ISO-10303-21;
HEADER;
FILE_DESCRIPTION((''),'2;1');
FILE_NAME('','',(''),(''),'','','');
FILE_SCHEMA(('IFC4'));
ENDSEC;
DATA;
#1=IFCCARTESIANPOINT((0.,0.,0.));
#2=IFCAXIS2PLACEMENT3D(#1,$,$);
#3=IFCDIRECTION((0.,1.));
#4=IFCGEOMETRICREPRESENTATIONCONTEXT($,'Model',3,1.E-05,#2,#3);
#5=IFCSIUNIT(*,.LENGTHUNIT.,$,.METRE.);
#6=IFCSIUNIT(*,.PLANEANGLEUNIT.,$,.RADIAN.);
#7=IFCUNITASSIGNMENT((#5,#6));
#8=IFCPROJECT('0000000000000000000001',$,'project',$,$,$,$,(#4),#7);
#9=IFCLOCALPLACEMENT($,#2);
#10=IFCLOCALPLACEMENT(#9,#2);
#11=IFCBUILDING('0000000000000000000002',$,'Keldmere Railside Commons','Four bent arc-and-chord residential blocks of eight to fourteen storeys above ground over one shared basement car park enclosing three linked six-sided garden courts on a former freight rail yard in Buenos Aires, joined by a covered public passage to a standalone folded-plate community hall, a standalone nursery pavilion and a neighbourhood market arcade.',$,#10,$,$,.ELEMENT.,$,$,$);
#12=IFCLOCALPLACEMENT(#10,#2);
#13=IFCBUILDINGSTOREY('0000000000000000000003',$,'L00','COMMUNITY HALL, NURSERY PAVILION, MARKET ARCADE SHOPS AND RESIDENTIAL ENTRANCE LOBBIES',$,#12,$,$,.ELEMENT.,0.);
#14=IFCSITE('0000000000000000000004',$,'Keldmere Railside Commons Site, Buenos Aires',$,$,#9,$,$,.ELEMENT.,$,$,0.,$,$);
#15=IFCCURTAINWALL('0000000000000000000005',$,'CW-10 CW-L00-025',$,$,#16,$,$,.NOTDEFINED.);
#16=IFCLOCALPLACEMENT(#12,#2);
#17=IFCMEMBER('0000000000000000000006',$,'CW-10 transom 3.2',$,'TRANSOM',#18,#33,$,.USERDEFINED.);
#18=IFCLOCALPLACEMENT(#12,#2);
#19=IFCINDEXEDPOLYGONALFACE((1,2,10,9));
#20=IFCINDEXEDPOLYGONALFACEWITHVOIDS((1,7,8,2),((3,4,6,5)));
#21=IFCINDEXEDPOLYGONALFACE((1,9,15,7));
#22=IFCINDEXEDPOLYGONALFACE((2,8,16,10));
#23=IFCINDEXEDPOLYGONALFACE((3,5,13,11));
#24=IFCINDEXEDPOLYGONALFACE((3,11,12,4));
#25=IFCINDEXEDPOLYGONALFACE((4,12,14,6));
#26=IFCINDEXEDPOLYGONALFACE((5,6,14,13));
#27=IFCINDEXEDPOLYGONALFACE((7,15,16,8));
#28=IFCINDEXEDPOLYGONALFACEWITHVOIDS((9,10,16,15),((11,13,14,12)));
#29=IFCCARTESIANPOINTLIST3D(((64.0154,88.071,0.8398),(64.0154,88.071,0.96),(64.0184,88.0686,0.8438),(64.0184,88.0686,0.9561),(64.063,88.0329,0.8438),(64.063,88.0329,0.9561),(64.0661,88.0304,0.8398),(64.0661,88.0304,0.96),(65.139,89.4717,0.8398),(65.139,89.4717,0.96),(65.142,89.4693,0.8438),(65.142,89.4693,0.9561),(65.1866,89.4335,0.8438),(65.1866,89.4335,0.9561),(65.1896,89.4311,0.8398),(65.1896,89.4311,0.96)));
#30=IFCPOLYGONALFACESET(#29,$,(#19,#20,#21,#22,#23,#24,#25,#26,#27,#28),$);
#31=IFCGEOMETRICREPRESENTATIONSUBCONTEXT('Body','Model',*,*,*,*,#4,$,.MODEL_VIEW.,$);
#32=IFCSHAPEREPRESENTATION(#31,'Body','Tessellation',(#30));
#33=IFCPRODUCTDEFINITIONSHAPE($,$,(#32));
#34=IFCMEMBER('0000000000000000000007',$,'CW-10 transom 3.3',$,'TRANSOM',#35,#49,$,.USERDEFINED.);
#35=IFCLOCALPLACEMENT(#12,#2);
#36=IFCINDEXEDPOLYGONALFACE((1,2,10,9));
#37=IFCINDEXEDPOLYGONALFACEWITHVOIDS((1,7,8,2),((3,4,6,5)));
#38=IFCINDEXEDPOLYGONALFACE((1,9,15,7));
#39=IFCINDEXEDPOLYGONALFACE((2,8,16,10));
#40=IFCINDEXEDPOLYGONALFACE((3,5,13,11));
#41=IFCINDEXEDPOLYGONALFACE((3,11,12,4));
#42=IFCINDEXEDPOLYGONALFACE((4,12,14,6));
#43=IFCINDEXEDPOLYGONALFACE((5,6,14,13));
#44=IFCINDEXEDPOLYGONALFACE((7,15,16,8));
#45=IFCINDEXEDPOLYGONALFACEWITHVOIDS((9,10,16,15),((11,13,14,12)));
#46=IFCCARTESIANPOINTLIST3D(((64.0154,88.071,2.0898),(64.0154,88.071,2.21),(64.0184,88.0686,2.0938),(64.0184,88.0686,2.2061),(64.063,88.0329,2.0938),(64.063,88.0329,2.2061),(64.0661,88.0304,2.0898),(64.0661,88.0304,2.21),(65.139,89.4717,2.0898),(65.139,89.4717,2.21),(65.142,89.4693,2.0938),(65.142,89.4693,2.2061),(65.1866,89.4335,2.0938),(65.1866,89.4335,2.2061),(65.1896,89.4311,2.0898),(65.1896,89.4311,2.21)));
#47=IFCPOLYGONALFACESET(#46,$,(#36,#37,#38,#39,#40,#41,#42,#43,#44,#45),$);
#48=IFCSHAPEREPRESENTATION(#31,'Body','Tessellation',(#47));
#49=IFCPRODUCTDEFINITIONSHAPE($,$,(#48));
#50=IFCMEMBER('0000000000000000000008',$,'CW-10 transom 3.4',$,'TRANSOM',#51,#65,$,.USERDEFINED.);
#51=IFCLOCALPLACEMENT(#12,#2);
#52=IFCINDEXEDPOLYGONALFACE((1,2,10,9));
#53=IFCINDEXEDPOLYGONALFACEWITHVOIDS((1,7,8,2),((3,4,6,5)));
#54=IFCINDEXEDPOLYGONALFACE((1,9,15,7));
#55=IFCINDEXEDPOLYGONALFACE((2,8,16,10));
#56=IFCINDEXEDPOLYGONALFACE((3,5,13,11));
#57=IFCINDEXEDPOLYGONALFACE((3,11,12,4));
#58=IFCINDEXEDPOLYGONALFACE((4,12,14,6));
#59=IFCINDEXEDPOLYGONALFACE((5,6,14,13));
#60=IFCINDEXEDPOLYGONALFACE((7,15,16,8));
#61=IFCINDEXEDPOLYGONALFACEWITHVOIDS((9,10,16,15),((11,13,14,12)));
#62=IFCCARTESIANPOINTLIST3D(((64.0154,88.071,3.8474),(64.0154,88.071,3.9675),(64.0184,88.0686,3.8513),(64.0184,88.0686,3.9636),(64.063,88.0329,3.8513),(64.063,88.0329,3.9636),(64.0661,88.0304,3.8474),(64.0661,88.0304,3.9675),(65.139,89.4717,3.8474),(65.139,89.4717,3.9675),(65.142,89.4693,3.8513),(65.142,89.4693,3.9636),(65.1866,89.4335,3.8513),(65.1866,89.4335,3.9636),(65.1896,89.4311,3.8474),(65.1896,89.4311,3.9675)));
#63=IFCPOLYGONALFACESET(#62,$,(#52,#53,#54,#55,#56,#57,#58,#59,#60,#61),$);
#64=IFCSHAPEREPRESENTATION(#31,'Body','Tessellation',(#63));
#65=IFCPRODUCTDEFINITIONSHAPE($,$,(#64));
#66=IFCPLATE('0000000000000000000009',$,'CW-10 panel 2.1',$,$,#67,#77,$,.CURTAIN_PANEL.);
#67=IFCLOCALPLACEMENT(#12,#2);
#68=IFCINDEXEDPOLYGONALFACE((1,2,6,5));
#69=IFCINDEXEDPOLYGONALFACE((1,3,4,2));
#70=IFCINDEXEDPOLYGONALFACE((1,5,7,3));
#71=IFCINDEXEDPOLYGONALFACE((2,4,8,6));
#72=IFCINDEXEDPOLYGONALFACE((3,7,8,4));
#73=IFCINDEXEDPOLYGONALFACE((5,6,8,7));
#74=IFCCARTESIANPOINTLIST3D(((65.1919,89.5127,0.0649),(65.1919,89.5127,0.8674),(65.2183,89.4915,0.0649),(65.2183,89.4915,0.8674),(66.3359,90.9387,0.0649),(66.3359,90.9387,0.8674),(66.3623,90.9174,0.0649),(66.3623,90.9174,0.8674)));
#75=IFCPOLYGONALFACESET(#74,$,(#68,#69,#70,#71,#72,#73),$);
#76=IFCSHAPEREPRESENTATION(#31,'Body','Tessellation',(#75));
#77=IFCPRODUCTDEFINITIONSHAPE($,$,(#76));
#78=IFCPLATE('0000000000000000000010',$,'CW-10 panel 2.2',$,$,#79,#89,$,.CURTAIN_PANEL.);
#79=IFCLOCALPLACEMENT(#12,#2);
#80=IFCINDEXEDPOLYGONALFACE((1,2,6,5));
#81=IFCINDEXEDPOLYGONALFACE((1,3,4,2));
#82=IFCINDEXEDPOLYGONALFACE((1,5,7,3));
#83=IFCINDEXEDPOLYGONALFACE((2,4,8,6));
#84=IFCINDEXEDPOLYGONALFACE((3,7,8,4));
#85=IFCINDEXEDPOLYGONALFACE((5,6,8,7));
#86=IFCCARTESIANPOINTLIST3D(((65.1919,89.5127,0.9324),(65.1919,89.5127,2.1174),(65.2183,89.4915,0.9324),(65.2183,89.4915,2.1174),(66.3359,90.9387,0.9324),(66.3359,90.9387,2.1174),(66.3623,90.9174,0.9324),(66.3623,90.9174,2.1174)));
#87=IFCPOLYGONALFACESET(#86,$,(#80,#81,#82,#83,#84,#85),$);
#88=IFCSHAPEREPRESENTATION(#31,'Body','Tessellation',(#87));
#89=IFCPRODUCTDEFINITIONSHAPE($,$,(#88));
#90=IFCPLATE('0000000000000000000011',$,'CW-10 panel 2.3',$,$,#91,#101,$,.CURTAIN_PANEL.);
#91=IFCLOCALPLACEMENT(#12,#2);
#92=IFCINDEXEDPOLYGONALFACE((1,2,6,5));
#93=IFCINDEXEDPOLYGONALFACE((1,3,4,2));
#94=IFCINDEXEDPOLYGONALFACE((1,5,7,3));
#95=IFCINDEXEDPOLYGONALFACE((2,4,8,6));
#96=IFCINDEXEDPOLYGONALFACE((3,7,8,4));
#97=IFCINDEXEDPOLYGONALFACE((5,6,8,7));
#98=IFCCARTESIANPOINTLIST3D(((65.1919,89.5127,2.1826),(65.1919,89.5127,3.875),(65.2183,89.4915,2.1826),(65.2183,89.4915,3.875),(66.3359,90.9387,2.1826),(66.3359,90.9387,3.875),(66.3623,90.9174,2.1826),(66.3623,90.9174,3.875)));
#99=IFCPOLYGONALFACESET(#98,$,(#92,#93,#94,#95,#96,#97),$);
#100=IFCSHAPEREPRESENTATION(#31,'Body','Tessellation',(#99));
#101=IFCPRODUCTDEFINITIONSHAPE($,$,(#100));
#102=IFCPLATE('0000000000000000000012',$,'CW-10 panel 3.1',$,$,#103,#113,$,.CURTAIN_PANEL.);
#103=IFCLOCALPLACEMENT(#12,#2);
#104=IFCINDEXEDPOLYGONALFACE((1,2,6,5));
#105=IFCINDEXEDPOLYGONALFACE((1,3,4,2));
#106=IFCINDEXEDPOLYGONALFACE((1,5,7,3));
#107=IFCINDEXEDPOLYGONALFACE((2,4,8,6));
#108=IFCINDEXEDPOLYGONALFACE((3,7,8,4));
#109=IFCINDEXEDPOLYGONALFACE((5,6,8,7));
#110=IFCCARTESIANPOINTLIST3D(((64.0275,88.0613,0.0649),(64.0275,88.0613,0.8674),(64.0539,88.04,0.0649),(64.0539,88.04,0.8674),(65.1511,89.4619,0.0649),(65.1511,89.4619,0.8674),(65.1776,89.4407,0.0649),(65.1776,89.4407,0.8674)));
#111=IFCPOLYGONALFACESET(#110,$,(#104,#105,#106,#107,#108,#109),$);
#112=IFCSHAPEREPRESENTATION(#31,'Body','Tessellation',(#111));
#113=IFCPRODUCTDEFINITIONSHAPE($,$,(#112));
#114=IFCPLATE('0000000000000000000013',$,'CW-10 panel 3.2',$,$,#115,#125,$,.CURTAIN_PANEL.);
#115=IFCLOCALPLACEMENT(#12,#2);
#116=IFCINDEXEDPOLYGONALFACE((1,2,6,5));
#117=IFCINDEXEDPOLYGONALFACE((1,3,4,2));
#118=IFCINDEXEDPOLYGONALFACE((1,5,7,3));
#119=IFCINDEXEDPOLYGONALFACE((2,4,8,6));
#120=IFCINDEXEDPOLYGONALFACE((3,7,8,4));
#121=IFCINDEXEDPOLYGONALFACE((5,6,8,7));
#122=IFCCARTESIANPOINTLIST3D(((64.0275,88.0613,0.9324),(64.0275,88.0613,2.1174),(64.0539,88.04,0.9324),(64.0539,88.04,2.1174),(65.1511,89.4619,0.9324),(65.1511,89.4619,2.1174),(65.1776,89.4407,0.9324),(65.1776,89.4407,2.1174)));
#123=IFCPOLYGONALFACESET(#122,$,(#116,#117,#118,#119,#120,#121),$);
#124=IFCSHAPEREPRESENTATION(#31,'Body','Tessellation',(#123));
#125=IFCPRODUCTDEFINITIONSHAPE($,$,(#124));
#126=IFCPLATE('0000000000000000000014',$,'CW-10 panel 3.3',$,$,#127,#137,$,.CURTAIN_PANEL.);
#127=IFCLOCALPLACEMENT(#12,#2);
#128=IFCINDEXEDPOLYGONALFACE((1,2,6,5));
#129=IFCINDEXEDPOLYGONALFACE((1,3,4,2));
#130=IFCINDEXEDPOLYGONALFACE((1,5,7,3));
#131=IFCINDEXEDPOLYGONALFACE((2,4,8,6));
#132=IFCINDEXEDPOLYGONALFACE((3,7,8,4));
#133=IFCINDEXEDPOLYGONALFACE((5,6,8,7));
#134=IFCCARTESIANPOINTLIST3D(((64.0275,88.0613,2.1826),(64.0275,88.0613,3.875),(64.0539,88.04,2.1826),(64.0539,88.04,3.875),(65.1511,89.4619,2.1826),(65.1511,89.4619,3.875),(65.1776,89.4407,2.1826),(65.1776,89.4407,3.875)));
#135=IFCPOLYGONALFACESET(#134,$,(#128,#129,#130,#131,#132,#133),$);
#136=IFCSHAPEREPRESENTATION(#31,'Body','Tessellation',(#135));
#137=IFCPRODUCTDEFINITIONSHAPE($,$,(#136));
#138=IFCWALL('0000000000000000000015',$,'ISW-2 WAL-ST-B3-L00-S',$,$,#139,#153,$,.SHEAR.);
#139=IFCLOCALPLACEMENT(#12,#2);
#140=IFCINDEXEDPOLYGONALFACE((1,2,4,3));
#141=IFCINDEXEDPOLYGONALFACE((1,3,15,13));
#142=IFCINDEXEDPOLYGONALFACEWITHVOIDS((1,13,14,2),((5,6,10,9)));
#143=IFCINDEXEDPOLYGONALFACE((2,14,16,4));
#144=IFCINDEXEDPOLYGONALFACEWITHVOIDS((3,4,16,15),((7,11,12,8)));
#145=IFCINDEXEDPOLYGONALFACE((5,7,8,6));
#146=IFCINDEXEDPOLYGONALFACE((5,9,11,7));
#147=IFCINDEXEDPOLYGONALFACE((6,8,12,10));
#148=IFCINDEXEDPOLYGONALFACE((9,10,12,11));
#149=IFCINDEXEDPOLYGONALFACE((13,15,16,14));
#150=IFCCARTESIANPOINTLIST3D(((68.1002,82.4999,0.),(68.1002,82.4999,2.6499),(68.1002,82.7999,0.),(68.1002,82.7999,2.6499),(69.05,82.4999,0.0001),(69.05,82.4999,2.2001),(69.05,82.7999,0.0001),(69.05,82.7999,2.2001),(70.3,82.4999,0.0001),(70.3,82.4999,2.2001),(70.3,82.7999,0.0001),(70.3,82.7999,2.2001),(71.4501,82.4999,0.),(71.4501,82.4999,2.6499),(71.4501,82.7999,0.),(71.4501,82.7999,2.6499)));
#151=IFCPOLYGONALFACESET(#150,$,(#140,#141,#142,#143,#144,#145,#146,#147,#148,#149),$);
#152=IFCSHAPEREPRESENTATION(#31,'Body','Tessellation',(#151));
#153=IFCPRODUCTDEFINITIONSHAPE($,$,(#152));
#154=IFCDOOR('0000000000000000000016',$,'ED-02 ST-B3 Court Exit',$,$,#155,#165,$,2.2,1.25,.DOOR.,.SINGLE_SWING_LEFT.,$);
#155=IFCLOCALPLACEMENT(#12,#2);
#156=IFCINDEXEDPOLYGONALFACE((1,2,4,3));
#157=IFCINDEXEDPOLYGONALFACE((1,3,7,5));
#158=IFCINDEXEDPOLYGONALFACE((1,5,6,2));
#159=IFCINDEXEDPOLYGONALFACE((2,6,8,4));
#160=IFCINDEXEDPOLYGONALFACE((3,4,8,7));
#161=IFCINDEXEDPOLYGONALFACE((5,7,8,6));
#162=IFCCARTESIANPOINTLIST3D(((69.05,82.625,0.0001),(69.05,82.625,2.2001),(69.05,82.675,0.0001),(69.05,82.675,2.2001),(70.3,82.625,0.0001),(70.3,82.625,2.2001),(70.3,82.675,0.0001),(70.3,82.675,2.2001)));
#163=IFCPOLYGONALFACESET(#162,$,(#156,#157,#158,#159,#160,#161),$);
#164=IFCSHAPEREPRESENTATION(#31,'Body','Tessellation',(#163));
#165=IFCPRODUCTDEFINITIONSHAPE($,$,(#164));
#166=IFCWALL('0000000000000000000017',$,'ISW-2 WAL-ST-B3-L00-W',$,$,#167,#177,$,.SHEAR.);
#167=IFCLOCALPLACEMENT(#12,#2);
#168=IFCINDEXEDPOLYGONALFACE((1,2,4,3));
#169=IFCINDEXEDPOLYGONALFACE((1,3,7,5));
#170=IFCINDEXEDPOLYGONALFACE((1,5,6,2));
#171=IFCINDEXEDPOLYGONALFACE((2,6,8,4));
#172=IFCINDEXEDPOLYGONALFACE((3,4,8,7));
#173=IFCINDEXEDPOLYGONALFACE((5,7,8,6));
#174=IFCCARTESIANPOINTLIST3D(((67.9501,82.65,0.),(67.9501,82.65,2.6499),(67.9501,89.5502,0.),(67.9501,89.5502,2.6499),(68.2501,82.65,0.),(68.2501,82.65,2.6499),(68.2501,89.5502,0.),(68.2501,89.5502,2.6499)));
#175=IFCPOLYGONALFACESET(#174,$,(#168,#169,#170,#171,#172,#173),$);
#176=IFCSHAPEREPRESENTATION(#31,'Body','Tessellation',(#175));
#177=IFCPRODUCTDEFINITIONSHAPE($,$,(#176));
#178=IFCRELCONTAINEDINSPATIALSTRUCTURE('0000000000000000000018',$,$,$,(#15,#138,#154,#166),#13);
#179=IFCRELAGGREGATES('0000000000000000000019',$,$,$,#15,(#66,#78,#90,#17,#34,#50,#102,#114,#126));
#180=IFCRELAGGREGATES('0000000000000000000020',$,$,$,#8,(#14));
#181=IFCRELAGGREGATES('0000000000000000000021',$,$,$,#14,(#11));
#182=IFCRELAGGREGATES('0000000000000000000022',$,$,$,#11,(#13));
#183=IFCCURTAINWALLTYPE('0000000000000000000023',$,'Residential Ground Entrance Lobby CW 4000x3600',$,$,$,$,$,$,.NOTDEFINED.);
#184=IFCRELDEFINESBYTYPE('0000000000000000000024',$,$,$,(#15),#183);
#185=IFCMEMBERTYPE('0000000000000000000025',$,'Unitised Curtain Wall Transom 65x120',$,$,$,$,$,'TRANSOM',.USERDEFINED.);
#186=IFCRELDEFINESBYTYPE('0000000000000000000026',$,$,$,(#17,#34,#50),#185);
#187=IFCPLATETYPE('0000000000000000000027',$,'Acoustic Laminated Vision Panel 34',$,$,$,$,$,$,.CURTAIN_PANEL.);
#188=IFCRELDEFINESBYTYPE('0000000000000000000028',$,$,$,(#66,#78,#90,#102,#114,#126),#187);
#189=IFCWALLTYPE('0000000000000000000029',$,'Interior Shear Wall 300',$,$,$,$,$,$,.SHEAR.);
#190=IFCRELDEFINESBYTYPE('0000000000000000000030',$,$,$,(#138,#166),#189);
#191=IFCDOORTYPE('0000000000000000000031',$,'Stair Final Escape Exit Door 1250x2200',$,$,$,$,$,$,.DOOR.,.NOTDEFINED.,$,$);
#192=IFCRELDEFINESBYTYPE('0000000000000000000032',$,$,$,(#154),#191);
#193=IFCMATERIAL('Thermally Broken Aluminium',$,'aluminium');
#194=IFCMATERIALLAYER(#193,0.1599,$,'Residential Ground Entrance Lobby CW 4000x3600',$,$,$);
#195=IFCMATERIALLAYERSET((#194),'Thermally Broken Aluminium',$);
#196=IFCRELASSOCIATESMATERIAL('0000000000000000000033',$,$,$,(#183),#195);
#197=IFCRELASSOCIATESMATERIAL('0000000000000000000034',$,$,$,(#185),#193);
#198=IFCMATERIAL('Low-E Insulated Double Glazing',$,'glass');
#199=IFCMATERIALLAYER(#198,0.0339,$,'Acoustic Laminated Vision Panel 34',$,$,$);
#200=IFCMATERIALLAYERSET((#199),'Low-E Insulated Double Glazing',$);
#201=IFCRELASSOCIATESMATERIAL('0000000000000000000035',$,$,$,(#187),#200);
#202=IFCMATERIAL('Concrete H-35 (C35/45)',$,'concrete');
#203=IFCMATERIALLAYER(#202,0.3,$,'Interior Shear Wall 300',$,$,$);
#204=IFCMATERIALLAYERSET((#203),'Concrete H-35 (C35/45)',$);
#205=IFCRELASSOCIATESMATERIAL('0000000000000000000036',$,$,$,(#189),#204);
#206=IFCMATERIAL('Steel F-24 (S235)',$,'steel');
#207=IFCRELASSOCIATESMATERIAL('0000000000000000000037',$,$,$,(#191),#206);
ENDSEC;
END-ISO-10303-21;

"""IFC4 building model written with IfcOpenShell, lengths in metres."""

from ifc_helpers import new_model, si_unit, direction, frame, frame_2d, origin, origin_2d, place, context, subcontext, project, spatial, rectangle, hollow_rectangle, extrude, material, layer, layer_set, material_profile, profile_set, type_object, element, fill, aggregate, save


model = new_model("IFC4")

# Units and contexts
model_context = context("Model", 3, precision=1e-05, world=origin(), true_north=direction((0.0, 1.0)))
body_context = subcontext(model_context, "Body", "Model", "MODEL_VIEW")
ifc_project = project(units=[si_unit("LENGTHUNIT", "METRE"), si_unit("PLANEANGLEUNIT", "RADIAN")], contexts=[model_context])

# Site, building, storey
site_placement = place(None, origin())
site = spatial("IfcSite", under=ifc_project, at=site_placement, Name="Keldmere Railside Commons Site, Buenos Aires", CompositionType="ELEMENT", RefElevation=0.0)
building_placement = place(site_placement, origin())
building = spatial("IfcBuilding", under=site, at=building_placement, Name="Keldmere Railside Commons", Description="Four bent arc-and-chord residential blocks of eight to fourteen storeys above ground over one shared basement car park enclosing three linked six-sided garden courts on a former freight rail yard in Buenos Aires, joined by a covered public passage to a standalone folded-plate community hall, a standalone nursery pavilion and a neighbourhood market arcade.", CompositionType="ELEMENT")
storey_placement = place(building_placement, origin())
storey = spatial("IfcBuildingStorey", under=building, at=storey_placement, Name="L00", Description="COMMUNITY HALL, NURSERY PAVILION, MARKET ARCADE SHOPS AND RESIDENTIAL ENTRANCE LOBBIES", CompositionType="ELEMENT", Elevation=0.0)

# Curtain wall, members, plates
ifc_material_1 = material(Name="Thermally Broken Aluminium", Category="aluminium")
ifc_layer_1 = layer(ifc_material_1, 0.1599, Name="Residential Ground Entrance Lobby CW 4000x3600")
ifc_layer_set_1 = layer_set([ifc_layer_1], Name="Thermally Broken Aluminium")
curtain_wall_type = type_object("IfcCurtainWallType", Name="Residential Ground Entrance Lobby CW 4000x3600", PredefinedType="NOTDEFINED", material=ifc_layer_set_1)
curtain_wall_placement = place(storey_placement, origin())
curtain_wall = element("IfcCurtainWall", 1, at=curtain_wall_placement, inside=storey, type_object=curtain_wall_type, Name="CW-10 CW-L00-025", PredefinedType="NOTDEFINED")
ifc_material_profile_1 = material_profile(ifc_material_1, hollow_rectangle(XDim=0.0649, YDim=0.1201, WallThickness=0.0039, at=origin_2d()), Name="ALU-TRAN-65x120")
ifc_profile_set_1 = profile_set([ifc_material_profile_1], Name="Thermally Broken Aluminium")
member_type_1 = type_object("IfcMemberType", Name="Unitised Curtain Wall Transom 65x120", ElementType="TRANSOM", PredefinedType="USERDEFINED", material=ifc_profile_set_1)
member_1_placement = place(storey_placement, frame((65.1643, 89.4514, 0.8999), z_axis=(-0.625723, -0.780046, 0.0), x_axis=(0.780046, -0.625723, 0.0)))
member_1 = element("IfcMember", 2, at=member_1_placement, type_object=member_type_1, Name="CW-10 transom 3.2", ObjectType="TRANSOM", PredefinedType="USERDEFINED", context=body_context, shape_type="SweptSolid", body=[
    extrude(hollow_rectangle(XDim=0.0649, YDim=0.1201, WallThickness=0.0039, at=origin_2d()), origin(), (0.0, 0.0, 1.0), 1.7957),
])
member_2_placement = place(storey_placement, frame((65.1643, 89.4514, 2.1499), z_axis=(-0.625723, -0.780046, 0.0), x_axis=(0.780046, -0.625723, 0.0)))
member_2 = element("IfcMember", 3, at=member_2_placement, type_object=member_type_1, Name="CW-10 transom 3.3", ObjectType="TRANSOM", PredefinedType="USERDEFINED", context=body_context, shape_type="SweptSolid", body=[
    extrude(hollow_rectangle(XDim=0.0649, YDim=0.1201, WallThickness=0.0039, at=origin_2d()), origin(), (0.0, 0.0, 1.0), 1.7957),
])
member_3_placement = place(storey_placement, frame((65.1643, 89.4514, 3.9075), z_axis=(-0.625723, -0.780046, 0.0), x_axis=(0.780046, -0.625723, 0.0)))
member_3 = element("IfcMember", 4, at=member_3_placement, type_object=member_type_1, Name="CW-10 transom 3.4", ObjectType="TRANSOM", PredefinedType="USERDEFINED", context=body_context, shape_type="SweptSolid", body=[
    extrude(hollow_rectangle(XDim=0.0649, YDim=0.1201, WallThickness=0.0039, at=origin_2d()), origin(), (0.0, 0.0, 1.0), 1.7957),
])
ifc_material_2 = material(Name="Low-E Insulated Double Glazing", Category="glass")
ifc_layer_2 = layer(ifc_material_2, 0.0339, Name="Acoustic Laminated Vision Panel 34")
ifc_layer_set_2 = layer_set([ifc_layer_2], Name="Low-E Insulated Double Glazing")
plate_type = type_object("IfcPlateType", Name="Acoustic Laminated Vision Panel 34", PredefinedType="CURTAIN_PANEL", material=ifc_layer_set_2)
plate_1_placement = place(storey_placement, frame((65.7771, 90.2151, 0.0649), z_axis=(0.0, 0.0, 1.0), x_axis=(-0.625768, -0.780009, 0.0)))
plate_1 = element("IfcPlate", 5, at=plate_1_placement, type_object=plate_type, Name="CW-10 panel 2.1", PredefinedType="CURTAIN_PANEL", context=body_context, shape_type="SweptSolid", body=[
    extrude(rectangle(XDim=1.8281, YDim=0.0339, at=origin_2d()), origin(), (0.0, 0.0, 1.0), 0.8025),
])
plate_2_placement = place(storey_placement, frame((65.7771, 90.2151, 0.9324), z_axis=(0.0, 0.0, 1.0), x_axis=(-0.625768, -0.780009, 0.0)))
plate_2 = element("IfcPlate", 6, at=plate_2_placement, type_object=plate_type, Name="CW-10 panel 2.2", PredefinedType="CURTAIN_PANEL", context=body_context, shape_type="SweptSolid", body=[
    extrude(rectangle(XDim=1.8281, YDim=0.0339, at=origin_2d()), origin(), (0.0, 0.0, 1.0), 1.1851),
])
plate_3_placement = place(storey_placement, frame((65.7771, 90.2151, 2.1826), z_axis=(0.0, 0.0, 1.0), x_axis=(-0.625768, -0.780009, 0.0)))
plate_3 = element("IfcPlate", 7, at=plate_3_placement, type_object=plate_type, Name="CW-10 panel 2.3", PredefinedType="CURTAIN_PANEL", context=body_context, shape_type="SweptSolid", body=[
    extrude(rectangle(XDim=1.8281, YDim=0.0339, at=origin_2d()), origin(), (0.0, 0.0, 1.0), 1.6924),
])
plate_4_placement = place(storey_placement, frame((64.6025, 88.751, 0.0649), z_axis=(0.0, 0.0, 1.0), x_axis=(-0.625768, -0.780009, 0.0)))
plate_4 = element("IfcPlate", 8, at=plate_4_placement, type_object=plate_type, Name="CW-10 panel 3.1", PredefinedType="CURTAIN_PANEL", context=body_context, shape_type="SweptSolid", body=[
    extrude(rectangle(XDim=1.7957, YDim=0.0339, at=origin_2d()), origin(), (0.0, 0.0, 1.0), 0.8025),
])
plate_5_placement = place(storey_placement, frame((64.6025, 88.751, 0.9324), z_axis=(0.0, 0.0, 1.0), x_axis=(-0.625768, -0.780009, 0.0)))
plate_5 = element("IfcPlate", 9, at=plate_5_placement, type_object=plate_type, Name="CW-10 panel 3.2", PredefinedType="CURTAIN_PANEL", context=body_context, shape_type="SweptSolid", body=[
    extrude(rectangle(XDim=1.7957, YDim=0.0339, at=origin_2d()), origin(), (0.0, 0.0, 1.0), 1.1851),
])
plate_6_placement = place(storey_placement, frame((64.6025, 88.751, 2.1826), z_axis=(0.0, 0.0, 1.0), x_axis=(-0.625768, -0.780009, 0.0)))
plate_6 = element("IfcPlate", 10, at=plate_6_placement, type_object=plate_type, Name="CW-10 panel 3.3", PredefinedType="CURTAIN_PANEL", context=body_context, shape_type="SweptSolid", body=[
    extrude(rectangle(XDim=1.7957, YDim=0.0339, at=origin_2d()), origin(), (0.0, 0.0, 1.0), 1.6924),
])
aggregate(curtain_wall, [plate_1, plate_2, plate_3, member_1, member_2, member_3, plate_4, plate_5, plate_6])

# Wall, opening, door
ifc_material_3 = material(Name="Concrete H-35 (C35/45)", Category="concrete")
ifc_layer_3 = layer(ifc_material_3, 0.3, Name="Interior Shear Wall 300")
ifc_layer_set_3 = layer_set([ifc_layer_3], Name="Concrete H-35 (C35/45)")
wall_type = type_object("IfcWallType", Name="Interior Shear Wall 300", PredefinedType="SHEAR", material=ifc_layer_set_3)
wall_1_placement = place(storey_placement, frame((71.45, 82.6499, 0.0), z_axis=(0.0, 0.0, 1.0), x_axis=(-1.0, 0.0, 0.0)))
wall_1 = element("IfcWall", 11, at=wall_1_placement, inside=storey, type_object=wall_type, Name="ISW-2 WAL-ST-B3-L00-S", PredefinedType="SHEAR", context=body_context, shape_type="SweptSolid", body=[
    extrude(rectangle(XDim=3.3499, YDim=0.3, at=frame_2d((1.6748, 0.0))), origin(), (0.0, 0.0, 1.0), 2.6499),
])
opening_1_placement = place(wall_1_placement, frame((1.1499, 0.0, 0.0)))
opening_1 = element("IfcOpeningElement", 12, at=opening_1_placement, cuts=wall_1, PredefinedType="OPENING", context=body_context, shape_type="SweptSolid", body=[
    extrude(rectangle(XDim=1.25, YDim=2.2, at=frame_2d((0.625, 1.1001))), frame((0.0, 0.1599, 0.0), z_axis=(0.0, -1.0, 0.0), x_axis=(1.0, 0.0, 0.0)), (0.0, 0.0, 1.0), 0.3201),
])
ifc_material_4 = material(Name="Steel F-24 (S235)", Category="steel")
door_type = type_object("IfcDoorType", Name="Stair Final Escape Exit Door 1250x2200", OperationType="NOTDEFINED", PredefinedType="DOOR", material=ifc_material_4)
door_placement = place(opening_1_placement, origin())
door = element("IfcDoor", 13, at=door_placement, inside=storey, type_object=door_type, Name="ED-02 ST-B3 Court Exit", OperationType="SINGLE_SWING_LEFT", OverallHeight=2.2, OverallWidth=1.25, PredefinedType="DOOR", context=body_context, shape_type="SweptSolid", body=[
    extrude(rectangle(XDim=1.25, YDim=2.2, at=frame_2d((0.625, 1.1001))), frame((0.0, 0.0249, 0.0), z_axis=(0.0, -1.0, 0.0), x_axis=(1.0, 0.0, 0.0)), (0.0, 0.0, 1.0), 0.05),
])
fill(opening_1, door)

# Wall
wall_2_placement = place(storey_placement, frame((68.1001, 82.6499, 0.0), z_axis=(0.0, 0.0, 1.0), x_axis=(0.0, 1.0, 0.0)))
element("IfcWall", 14, at=wall_2_placement, inside=storey, type_object=wall_type, Name="ISW-2 WAL-ST-B3-L00-W", PredefinedType="SHEAR", context=body_context, shape_type="SweptSolid", body=[
    extrude(rectangle(XDim=6.9001, YDim=0.3, at=frame_2d((3.4502, 0.0))), origin(), (0.0, 0.0, 1.0), 2.6499),
])

save(model, "model.ifc")
